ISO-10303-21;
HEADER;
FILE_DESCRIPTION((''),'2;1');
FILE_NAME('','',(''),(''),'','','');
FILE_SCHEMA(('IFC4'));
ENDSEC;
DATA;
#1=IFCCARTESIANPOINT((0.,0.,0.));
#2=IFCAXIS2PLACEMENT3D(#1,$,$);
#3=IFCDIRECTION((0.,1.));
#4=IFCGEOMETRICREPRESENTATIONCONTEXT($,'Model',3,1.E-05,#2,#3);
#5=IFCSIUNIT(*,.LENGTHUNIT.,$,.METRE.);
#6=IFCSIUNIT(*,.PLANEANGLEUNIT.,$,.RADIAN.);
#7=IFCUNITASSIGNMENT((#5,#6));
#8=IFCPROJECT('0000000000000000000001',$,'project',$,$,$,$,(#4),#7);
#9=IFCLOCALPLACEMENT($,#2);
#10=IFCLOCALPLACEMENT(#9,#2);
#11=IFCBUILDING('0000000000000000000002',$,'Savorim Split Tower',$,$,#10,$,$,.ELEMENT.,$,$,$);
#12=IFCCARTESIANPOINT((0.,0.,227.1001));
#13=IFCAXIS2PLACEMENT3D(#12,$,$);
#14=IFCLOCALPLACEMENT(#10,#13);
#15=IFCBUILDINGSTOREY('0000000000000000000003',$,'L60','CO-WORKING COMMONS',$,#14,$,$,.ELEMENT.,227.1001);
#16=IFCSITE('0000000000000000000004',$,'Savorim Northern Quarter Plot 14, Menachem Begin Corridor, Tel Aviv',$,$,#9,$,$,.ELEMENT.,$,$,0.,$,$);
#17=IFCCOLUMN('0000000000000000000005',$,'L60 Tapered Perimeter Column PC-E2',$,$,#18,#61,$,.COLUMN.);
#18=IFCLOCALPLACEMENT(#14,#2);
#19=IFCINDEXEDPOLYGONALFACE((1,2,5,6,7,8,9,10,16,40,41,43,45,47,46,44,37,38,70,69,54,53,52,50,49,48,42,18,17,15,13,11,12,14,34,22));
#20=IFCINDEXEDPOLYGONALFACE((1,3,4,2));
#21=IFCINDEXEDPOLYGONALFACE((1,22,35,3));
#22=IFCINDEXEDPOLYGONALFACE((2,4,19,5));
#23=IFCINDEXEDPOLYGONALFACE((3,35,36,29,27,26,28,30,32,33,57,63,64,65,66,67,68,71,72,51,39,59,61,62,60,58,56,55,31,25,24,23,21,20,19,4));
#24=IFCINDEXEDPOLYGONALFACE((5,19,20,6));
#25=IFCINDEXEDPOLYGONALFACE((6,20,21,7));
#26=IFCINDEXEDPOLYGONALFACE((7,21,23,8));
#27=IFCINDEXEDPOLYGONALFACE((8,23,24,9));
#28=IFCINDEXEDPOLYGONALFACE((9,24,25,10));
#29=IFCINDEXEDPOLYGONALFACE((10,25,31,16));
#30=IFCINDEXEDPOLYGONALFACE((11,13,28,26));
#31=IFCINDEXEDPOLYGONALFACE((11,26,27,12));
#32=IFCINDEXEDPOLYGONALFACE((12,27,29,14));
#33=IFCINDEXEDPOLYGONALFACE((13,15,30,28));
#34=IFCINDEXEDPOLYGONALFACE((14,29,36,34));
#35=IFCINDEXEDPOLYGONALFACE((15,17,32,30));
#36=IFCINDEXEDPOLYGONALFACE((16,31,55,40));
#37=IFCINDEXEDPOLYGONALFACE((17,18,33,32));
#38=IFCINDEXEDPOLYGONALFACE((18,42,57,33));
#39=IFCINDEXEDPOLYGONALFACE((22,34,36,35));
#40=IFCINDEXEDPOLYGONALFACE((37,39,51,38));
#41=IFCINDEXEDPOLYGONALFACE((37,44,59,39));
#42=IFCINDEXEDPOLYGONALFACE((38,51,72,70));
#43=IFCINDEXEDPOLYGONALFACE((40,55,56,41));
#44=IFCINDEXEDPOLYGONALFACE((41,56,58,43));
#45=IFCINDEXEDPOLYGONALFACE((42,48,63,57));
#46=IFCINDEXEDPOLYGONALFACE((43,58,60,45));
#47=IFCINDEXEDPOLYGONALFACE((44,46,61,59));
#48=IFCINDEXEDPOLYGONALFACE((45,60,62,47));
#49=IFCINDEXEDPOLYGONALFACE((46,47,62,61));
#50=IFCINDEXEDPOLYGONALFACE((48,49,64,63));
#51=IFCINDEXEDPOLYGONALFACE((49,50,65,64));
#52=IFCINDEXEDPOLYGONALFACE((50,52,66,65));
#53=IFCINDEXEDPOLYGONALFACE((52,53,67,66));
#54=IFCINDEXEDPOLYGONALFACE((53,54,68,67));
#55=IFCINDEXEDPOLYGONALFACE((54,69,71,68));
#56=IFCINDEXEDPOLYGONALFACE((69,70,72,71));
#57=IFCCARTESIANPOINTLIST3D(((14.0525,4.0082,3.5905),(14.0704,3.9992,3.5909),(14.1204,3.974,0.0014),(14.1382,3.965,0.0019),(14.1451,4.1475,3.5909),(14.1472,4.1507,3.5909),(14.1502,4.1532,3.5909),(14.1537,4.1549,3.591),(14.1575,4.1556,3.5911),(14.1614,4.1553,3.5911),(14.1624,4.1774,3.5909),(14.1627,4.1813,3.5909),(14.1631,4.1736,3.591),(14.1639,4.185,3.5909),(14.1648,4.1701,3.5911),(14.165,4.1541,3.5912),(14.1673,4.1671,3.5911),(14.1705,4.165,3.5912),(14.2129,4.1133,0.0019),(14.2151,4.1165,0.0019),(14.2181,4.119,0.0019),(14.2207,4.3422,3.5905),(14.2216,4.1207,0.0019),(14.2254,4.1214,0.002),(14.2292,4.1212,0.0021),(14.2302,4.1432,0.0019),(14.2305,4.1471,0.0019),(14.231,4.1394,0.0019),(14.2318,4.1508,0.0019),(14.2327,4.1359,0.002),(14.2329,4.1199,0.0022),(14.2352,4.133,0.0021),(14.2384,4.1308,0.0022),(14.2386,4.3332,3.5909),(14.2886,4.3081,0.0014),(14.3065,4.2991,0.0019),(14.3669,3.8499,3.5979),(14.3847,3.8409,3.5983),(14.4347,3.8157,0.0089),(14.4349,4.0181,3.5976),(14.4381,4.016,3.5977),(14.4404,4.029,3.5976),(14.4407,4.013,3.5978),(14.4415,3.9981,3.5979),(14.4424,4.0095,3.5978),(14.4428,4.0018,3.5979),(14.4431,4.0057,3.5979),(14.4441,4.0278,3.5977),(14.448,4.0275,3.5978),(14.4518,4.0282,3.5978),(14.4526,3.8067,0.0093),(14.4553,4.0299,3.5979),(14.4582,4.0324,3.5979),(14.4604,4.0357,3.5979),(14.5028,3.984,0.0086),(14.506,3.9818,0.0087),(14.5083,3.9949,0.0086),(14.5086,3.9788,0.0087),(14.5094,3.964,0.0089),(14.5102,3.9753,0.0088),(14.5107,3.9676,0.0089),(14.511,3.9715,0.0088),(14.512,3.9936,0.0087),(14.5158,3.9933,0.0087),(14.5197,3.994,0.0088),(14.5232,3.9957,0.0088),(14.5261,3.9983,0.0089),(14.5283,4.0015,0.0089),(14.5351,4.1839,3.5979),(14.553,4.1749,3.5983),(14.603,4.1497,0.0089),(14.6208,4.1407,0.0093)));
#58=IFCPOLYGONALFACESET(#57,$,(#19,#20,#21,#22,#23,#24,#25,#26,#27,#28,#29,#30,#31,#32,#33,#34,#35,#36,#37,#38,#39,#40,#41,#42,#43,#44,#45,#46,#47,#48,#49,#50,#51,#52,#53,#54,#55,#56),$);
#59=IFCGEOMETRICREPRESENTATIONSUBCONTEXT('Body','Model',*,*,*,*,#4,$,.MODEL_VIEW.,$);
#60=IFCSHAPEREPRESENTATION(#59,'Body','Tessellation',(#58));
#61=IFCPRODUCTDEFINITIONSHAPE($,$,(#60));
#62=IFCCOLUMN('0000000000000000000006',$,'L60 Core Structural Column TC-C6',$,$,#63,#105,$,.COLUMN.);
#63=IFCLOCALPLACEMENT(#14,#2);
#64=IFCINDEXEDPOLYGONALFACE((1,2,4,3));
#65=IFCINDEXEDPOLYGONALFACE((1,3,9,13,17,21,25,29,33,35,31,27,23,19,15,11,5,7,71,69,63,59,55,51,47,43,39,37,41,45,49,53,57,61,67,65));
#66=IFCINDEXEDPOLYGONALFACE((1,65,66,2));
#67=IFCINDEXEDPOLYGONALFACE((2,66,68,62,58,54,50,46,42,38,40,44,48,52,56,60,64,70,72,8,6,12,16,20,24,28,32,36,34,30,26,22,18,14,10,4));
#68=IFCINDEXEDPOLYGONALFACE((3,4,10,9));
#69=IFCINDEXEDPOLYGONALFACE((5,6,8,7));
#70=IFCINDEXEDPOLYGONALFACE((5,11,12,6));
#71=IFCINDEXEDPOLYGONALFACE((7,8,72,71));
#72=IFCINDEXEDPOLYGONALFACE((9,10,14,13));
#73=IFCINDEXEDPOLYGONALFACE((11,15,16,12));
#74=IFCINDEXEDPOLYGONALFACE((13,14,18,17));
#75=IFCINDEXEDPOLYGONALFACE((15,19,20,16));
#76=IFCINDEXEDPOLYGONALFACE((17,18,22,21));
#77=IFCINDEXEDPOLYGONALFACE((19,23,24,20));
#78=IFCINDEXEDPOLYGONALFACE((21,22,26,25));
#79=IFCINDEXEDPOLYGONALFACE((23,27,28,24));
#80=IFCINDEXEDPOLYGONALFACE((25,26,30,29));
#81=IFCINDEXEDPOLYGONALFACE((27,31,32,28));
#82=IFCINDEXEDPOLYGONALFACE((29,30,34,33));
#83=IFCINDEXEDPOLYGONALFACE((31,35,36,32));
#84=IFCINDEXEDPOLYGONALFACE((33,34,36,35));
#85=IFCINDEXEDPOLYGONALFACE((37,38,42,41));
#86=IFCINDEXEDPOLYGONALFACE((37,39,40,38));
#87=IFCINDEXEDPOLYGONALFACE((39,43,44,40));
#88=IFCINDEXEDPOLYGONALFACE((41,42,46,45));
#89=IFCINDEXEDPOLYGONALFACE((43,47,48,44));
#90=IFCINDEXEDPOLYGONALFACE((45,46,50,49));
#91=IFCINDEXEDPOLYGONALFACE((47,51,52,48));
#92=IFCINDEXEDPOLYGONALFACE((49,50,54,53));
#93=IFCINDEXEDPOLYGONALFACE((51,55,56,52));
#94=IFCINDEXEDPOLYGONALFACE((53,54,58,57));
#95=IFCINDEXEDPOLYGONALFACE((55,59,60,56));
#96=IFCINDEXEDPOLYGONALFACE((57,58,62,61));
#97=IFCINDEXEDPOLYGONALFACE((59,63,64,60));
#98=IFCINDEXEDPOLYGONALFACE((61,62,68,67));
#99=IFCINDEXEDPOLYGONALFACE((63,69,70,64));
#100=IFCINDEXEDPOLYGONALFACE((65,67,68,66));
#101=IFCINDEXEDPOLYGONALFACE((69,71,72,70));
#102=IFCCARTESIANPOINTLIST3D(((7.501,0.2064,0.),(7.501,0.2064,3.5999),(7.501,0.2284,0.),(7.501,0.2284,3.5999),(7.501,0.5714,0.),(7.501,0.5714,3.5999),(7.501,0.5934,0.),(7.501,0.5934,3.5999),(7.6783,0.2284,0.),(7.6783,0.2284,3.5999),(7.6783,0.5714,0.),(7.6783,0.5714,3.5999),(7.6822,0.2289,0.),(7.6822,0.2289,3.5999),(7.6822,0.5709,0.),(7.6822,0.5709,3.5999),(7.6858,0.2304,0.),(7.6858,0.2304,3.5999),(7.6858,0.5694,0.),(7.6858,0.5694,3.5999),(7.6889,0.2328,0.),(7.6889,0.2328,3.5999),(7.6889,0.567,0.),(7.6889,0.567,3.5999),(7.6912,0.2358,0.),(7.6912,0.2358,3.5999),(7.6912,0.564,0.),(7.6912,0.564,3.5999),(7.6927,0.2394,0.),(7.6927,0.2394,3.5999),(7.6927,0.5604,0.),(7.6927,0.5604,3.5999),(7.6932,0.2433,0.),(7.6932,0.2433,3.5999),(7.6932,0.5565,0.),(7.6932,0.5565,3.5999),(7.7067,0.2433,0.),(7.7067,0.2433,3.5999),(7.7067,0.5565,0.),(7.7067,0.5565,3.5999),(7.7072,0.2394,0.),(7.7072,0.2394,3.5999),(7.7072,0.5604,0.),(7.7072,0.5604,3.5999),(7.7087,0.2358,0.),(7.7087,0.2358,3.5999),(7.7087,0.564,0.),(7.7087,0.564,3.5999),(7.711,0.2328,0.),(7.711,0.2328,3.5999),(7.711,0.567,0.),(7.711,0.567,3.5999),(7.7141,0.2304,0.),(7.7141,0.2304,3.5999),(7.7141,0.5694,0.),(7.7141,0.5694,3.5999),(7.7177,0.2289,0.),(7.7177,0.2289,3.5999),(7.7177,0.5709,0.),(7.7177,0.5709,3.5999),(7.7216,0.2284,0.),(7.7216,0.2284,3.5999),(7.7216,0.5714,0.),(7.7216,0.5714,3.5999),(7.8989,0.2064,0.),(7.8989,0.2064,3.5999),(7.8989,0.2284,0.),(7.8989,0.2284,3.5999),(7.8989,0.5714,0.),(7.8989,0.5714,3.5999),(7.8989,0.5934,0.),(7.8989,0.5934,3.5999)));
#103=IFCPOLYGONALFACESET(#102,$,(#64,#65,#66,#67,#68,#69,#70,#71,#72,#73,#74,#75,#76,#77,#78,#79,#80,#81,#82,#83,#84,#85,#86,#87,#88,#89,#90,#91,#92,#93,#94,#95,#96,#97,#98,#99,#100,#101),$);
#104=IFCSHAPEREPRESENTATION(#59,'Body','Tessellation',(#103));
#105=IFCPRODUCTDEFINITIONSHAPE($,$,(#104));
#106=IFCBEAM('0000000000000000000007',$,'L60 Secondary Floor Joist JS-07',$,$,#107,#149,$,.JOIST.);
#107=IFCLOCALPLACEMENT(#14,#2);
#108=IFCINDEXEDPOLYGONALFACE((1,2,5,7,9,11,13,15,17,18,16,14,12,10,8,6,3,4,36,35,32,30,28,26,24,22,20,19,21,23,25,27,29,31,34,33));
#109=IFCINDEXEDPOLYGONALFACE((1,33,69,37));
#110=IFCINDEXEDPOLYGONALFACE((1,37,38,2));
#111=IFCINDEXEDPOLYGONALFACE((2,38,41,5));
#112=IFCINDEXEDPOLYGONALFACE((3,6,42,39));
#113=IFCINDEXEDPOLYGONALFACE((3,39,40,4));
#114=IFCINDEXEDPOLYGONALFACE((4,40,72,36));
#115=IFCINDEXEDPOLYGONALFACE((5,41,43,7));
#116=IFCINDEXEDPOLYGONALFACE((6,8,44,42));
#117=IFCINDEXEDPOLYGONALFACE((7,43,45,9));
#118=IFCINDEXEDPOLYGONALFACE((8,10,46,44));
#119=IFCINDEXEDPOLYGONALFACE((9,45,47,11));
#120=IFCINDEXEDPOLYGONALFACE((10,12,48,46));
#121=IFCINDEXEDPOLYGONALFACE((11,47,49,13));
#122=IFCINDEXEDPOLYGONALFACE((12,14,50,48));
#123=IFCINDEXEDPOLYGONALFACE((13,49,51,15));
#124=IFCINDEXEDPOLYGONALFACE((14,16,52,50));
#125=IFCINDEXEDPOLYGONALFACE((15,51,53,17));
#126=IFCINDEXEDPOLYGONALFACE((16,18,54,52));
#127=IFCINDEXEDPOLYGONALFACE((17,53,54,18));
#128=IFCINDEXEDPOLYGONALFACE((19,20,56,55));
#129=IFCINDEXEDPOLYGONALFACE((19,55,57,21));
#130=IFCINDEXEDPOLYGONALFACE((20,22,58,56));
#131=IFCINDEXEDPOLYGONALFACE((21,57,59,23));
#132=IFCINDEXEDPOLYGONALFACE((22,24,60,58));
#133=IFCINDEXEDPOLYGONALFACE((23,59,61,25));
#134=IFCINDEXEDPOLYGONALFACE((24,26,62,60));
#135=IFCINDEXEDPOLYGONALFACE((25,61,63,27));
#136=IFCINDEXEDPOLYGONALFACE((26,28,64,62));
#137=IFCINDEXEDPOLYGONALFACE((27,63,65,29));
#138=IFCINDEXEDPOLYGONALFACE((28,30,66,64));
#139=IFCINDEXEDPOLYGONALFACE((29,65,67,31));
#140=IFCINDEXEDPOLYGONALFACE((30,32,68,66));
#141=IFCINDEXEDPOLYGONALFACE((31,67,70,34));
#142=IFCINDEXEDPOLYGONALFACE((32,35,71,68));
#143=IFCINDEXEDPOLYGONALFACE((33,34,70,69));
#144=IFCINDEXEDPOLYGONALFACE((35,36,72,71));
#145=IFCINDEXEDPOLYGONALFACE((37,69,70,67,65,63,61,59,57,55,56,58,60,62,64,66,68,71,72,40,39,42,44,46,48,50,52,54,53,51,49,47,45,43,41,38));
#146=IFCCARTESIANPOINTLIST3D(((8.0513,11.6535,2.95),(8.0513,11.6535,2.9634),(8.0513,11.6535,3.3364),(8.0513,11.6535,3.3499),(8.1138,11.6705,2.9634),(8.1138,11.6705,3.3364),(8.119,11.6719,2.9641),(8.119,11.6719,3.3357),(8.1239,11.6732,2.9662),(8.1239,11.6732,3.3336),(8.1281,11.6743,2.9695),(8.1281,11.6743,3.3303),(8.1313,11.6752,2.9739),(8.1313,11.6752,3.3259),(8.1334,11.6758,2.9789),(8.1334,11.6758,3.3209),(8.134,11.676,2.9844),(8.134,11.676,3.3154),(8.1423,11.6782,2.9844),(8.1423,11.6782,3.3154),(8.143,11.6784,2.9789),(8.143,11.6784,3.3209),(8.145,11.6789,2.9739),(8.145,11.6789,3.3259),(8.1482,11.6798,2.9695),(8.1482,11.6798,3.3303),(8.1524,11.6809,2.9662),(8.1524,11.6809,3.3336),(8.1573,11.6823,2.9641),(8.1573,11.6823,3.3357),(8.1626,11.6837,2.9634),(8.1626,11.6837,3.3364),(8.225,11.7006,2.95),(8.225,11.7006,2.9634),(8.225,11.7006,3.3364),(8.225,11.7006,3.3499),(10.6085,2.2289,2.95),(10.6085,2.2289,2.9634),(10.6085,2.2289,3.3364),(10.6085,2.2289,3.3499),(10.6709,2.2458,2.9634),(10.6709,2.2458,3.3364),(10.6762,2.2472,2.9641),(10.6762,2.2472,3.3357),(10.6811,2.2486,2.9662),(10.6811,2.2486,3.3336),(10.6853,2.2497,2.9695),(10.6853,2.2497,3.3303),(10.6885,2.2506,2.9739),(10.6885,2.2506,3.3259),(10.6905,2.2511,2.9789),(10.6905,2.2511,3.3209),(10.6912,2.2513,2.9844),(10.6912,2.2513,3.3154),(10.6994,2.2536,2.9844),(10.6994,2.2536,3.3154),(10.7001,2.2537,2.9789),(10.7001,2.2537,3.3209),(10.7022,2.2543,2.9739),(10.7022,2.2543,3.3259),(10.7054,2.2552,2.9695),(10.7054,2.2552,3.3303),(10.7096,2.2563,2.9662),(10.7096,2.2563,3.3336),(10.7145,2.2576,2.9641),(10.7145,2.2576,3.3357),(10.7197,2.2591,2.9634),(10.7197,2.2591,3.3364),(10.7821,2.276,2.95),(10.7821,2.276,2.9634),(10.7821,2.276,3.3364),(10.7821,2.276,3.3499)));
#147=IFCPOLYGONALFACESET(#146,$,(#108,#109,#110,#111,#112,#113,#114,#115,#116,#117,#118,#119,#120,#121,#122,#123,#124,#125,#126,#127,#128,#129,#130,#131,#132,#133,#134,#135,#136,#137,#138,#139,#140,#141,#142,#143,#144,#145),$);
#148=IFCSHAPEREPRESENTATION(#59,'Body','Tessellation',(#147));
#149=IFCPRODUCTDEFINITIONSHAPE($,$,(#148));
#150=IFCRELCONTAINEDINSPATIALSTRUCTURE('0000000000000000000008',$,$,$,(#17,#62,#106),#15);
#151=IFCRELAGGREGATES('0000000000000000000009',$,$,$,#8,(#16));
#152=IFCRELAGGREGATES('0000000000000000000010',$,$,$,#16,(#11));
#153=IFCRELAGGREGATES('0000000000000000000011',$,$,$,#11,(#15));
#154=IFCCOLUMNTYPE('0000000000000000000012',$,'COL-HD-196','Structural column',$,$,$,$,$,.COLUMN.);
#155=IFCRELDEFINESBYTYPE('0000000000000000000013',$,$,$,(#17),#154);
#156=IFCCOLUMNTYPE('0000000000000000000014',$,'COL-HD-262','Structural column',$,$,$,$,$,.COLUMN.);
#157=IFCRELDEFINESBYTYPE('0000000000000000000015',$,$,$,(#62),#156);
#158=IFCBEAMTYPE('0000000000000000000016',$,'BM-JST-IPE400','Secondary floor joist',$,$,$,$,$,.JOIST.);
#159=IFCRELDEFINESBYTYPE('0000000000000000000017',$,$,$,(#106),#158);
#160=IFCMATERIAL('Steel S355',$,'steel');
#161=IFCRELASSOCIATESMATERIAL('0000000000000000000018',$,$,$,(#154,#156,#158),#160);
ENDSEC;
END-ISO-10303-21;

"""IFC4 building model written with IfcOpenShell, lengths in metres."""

from ifc_helpers import new_model, si_unit, direction, frame, origin, origin_2d, place, context, subcontext, project, spatial, i_section, extrude, material, material_profile, profile_set, type_object, element, save


model = new_model("IFC4")

# Units and contexts
model_context = context("Model", 3, precision=1e-05, world=origin(), true_north=direction((0.0, 1.0)))
body_context = subcontext(model_context, "Body", "Model", "MODEL_VIEW")
ifc_project = project(units=[si_unit("LENGTHUNIT", "METRE"), si_unit("PLANEANGLEUNIT", "RADIAN")], contexts=[model_context])

# Site, building, storey
site_placement = place(None, origin())
site = spatial("IfcSite", under=ifc_project, at=site_placement, Name="Savorim Northern Quarter Plot 14, Menachem Begin Corridor, Tel Aviv", CompositionType="ELEMENT", RefElevation=0.0)
building_placement = place(site_placement, origin())
building = spatial("IfcBuilding", under=site, at=building_placement, Name="Savorim Split Tower", CompositionType="ELEMENT")
storey_placement = place(building_placement, frame((0.0, 0.0, 227.1001)))
storey = spatial("IfcBuildingStorey", under=building, at=storey_placement, Name="L60", Description="CO-WORKING COMMONS", CompositionType="ELEMENT", Elevation=227.1001)

# Columns
ifc_material_1 = material(Name="Steel S355", Category="steel")
ifc_material_profile_1 = material_profile(ifc_material_1, i_section(OverallWidth=0.374, OverallDepth=0.3721, WebThickness=0.0122, FlangeThickness=0.02, FilletRadius=0.0149, at=origin_2d()), Name="HD 360x196")
ifc_profile_set_1 = profile_set([ifc_material_profile_1], Name="Steel S355")
column_type_1 = type_object("IfcColumnType", Name="COL-HD-196", Description="Structural column", PredefinedType="COLUMN", material=ifc_profile_set_1)
column_1_placement = place(storey_placement, frame((14.3706, 4.0574, 0.0054), z_axis=(-0.018906, 0.009521, 0.999776), x_axis=(-0.449782, -0.893138, 0.0)))
element("IfcColumn", 1, at=column_1_placement, inside=storey, type_object=column_type_1, Name="L60 Tapered Perimeter Column PC-E2", PredefinedType="COLUMN", context=body_context, shape_type="SweptSolid", body=[
    extrude(i_section(OverallWidth=0.374, OverallDepth=0.3721, WebThickness=0.0122, FlangeThickness=0.02, FilletRadius=0.0149, at=origin_2d()), origin(), (0.0, 0.0, 1.0), 3.5898),
])
ifc_material_profile_2 = material_profile(ifc_material_1, i_section(OverallWidth=0.3979, OverallDepth=0.387, WebThickness=0.0134, FlangeThickness=0.022, FilletRadius=0.0149, at=origin_2d()), Name="HD 400x262")
ifc_profile_set_2 = profile_set([ifc_material_profile_2], Name="Steel S355")
column_type_2 = type_object("IfcColumnType", Name="COL-HD-262", Description="Structural column", PredefinedType="COLUMN", material=ifc_profile_set_2)
column_2_placement = place(storey_placement, frame((7.7, 0.3999, 0.0), z_axis=(0.0, 0.0, 1.0), x_axis=(1.0, 0.0, 0.0)))
element("IfcColumn", 2, at=column_2_placement, inside=storey, type_object=column_type_2, Name="L60 Core Structural Column TC-C6", PredefinedType="COLUMN", context=body_context, shape_type="SweptSolid", body=[
    extrude(i_section(OverallWidth=0.3979, OverallDepth=0.387, WebThickness=0.0134, FlangeThickness=0.022, FilletRadius=0.0149, at=origin_2d()), origin(), (0.0, 0.0, 1.0), 3.5999),
])

# Beam
ifc_material_profile_3 = material_profile(ifc_material_1, i_section(OverallWidth=0.1799, OverallDepth=0.3999, WebThickness=0.0085, FlangeThickness=0.0134, FilletRadius=0.021, at=origin_2d()), Name="IPE 400")
ifc_profile_set_3 = profile_set([ifc_material_profile_3], Name="Steel S355")
beam_type_1 = type_object("IfcBeamType", Name="BM-JST-IPE400", Description="Secondary floor joist", PredefinedType="JOIST", material=ifc_profile_set_3)
beam_1_placement = place(storey_placement, frame((10.6953, 2.2524, 3.1499), z_axis=(-0.261858, 0.965106, 0.0), x_axis=(-0.965106, -0.261858, 0.0)))
element("IfcBeam", 3, at=beam_1_placement, inside=storey, type_object=beam_type_1, Name="L60 Secondary Floor Joist JS-07", PredefinedType="JOIST", context=body_context, shape_type="SweptSolid", body=[
    extrude(i_section(OverallWidth=0.1799, OverallDepth=0.3999, WebThickness=0.0085, FlangeThickness=0.0134, FilletRadius=0.021, at=origin_2d()), origin(), (0.0, 0.0, 1.0), 9.7654),
])

save(model, "model.ifc")
